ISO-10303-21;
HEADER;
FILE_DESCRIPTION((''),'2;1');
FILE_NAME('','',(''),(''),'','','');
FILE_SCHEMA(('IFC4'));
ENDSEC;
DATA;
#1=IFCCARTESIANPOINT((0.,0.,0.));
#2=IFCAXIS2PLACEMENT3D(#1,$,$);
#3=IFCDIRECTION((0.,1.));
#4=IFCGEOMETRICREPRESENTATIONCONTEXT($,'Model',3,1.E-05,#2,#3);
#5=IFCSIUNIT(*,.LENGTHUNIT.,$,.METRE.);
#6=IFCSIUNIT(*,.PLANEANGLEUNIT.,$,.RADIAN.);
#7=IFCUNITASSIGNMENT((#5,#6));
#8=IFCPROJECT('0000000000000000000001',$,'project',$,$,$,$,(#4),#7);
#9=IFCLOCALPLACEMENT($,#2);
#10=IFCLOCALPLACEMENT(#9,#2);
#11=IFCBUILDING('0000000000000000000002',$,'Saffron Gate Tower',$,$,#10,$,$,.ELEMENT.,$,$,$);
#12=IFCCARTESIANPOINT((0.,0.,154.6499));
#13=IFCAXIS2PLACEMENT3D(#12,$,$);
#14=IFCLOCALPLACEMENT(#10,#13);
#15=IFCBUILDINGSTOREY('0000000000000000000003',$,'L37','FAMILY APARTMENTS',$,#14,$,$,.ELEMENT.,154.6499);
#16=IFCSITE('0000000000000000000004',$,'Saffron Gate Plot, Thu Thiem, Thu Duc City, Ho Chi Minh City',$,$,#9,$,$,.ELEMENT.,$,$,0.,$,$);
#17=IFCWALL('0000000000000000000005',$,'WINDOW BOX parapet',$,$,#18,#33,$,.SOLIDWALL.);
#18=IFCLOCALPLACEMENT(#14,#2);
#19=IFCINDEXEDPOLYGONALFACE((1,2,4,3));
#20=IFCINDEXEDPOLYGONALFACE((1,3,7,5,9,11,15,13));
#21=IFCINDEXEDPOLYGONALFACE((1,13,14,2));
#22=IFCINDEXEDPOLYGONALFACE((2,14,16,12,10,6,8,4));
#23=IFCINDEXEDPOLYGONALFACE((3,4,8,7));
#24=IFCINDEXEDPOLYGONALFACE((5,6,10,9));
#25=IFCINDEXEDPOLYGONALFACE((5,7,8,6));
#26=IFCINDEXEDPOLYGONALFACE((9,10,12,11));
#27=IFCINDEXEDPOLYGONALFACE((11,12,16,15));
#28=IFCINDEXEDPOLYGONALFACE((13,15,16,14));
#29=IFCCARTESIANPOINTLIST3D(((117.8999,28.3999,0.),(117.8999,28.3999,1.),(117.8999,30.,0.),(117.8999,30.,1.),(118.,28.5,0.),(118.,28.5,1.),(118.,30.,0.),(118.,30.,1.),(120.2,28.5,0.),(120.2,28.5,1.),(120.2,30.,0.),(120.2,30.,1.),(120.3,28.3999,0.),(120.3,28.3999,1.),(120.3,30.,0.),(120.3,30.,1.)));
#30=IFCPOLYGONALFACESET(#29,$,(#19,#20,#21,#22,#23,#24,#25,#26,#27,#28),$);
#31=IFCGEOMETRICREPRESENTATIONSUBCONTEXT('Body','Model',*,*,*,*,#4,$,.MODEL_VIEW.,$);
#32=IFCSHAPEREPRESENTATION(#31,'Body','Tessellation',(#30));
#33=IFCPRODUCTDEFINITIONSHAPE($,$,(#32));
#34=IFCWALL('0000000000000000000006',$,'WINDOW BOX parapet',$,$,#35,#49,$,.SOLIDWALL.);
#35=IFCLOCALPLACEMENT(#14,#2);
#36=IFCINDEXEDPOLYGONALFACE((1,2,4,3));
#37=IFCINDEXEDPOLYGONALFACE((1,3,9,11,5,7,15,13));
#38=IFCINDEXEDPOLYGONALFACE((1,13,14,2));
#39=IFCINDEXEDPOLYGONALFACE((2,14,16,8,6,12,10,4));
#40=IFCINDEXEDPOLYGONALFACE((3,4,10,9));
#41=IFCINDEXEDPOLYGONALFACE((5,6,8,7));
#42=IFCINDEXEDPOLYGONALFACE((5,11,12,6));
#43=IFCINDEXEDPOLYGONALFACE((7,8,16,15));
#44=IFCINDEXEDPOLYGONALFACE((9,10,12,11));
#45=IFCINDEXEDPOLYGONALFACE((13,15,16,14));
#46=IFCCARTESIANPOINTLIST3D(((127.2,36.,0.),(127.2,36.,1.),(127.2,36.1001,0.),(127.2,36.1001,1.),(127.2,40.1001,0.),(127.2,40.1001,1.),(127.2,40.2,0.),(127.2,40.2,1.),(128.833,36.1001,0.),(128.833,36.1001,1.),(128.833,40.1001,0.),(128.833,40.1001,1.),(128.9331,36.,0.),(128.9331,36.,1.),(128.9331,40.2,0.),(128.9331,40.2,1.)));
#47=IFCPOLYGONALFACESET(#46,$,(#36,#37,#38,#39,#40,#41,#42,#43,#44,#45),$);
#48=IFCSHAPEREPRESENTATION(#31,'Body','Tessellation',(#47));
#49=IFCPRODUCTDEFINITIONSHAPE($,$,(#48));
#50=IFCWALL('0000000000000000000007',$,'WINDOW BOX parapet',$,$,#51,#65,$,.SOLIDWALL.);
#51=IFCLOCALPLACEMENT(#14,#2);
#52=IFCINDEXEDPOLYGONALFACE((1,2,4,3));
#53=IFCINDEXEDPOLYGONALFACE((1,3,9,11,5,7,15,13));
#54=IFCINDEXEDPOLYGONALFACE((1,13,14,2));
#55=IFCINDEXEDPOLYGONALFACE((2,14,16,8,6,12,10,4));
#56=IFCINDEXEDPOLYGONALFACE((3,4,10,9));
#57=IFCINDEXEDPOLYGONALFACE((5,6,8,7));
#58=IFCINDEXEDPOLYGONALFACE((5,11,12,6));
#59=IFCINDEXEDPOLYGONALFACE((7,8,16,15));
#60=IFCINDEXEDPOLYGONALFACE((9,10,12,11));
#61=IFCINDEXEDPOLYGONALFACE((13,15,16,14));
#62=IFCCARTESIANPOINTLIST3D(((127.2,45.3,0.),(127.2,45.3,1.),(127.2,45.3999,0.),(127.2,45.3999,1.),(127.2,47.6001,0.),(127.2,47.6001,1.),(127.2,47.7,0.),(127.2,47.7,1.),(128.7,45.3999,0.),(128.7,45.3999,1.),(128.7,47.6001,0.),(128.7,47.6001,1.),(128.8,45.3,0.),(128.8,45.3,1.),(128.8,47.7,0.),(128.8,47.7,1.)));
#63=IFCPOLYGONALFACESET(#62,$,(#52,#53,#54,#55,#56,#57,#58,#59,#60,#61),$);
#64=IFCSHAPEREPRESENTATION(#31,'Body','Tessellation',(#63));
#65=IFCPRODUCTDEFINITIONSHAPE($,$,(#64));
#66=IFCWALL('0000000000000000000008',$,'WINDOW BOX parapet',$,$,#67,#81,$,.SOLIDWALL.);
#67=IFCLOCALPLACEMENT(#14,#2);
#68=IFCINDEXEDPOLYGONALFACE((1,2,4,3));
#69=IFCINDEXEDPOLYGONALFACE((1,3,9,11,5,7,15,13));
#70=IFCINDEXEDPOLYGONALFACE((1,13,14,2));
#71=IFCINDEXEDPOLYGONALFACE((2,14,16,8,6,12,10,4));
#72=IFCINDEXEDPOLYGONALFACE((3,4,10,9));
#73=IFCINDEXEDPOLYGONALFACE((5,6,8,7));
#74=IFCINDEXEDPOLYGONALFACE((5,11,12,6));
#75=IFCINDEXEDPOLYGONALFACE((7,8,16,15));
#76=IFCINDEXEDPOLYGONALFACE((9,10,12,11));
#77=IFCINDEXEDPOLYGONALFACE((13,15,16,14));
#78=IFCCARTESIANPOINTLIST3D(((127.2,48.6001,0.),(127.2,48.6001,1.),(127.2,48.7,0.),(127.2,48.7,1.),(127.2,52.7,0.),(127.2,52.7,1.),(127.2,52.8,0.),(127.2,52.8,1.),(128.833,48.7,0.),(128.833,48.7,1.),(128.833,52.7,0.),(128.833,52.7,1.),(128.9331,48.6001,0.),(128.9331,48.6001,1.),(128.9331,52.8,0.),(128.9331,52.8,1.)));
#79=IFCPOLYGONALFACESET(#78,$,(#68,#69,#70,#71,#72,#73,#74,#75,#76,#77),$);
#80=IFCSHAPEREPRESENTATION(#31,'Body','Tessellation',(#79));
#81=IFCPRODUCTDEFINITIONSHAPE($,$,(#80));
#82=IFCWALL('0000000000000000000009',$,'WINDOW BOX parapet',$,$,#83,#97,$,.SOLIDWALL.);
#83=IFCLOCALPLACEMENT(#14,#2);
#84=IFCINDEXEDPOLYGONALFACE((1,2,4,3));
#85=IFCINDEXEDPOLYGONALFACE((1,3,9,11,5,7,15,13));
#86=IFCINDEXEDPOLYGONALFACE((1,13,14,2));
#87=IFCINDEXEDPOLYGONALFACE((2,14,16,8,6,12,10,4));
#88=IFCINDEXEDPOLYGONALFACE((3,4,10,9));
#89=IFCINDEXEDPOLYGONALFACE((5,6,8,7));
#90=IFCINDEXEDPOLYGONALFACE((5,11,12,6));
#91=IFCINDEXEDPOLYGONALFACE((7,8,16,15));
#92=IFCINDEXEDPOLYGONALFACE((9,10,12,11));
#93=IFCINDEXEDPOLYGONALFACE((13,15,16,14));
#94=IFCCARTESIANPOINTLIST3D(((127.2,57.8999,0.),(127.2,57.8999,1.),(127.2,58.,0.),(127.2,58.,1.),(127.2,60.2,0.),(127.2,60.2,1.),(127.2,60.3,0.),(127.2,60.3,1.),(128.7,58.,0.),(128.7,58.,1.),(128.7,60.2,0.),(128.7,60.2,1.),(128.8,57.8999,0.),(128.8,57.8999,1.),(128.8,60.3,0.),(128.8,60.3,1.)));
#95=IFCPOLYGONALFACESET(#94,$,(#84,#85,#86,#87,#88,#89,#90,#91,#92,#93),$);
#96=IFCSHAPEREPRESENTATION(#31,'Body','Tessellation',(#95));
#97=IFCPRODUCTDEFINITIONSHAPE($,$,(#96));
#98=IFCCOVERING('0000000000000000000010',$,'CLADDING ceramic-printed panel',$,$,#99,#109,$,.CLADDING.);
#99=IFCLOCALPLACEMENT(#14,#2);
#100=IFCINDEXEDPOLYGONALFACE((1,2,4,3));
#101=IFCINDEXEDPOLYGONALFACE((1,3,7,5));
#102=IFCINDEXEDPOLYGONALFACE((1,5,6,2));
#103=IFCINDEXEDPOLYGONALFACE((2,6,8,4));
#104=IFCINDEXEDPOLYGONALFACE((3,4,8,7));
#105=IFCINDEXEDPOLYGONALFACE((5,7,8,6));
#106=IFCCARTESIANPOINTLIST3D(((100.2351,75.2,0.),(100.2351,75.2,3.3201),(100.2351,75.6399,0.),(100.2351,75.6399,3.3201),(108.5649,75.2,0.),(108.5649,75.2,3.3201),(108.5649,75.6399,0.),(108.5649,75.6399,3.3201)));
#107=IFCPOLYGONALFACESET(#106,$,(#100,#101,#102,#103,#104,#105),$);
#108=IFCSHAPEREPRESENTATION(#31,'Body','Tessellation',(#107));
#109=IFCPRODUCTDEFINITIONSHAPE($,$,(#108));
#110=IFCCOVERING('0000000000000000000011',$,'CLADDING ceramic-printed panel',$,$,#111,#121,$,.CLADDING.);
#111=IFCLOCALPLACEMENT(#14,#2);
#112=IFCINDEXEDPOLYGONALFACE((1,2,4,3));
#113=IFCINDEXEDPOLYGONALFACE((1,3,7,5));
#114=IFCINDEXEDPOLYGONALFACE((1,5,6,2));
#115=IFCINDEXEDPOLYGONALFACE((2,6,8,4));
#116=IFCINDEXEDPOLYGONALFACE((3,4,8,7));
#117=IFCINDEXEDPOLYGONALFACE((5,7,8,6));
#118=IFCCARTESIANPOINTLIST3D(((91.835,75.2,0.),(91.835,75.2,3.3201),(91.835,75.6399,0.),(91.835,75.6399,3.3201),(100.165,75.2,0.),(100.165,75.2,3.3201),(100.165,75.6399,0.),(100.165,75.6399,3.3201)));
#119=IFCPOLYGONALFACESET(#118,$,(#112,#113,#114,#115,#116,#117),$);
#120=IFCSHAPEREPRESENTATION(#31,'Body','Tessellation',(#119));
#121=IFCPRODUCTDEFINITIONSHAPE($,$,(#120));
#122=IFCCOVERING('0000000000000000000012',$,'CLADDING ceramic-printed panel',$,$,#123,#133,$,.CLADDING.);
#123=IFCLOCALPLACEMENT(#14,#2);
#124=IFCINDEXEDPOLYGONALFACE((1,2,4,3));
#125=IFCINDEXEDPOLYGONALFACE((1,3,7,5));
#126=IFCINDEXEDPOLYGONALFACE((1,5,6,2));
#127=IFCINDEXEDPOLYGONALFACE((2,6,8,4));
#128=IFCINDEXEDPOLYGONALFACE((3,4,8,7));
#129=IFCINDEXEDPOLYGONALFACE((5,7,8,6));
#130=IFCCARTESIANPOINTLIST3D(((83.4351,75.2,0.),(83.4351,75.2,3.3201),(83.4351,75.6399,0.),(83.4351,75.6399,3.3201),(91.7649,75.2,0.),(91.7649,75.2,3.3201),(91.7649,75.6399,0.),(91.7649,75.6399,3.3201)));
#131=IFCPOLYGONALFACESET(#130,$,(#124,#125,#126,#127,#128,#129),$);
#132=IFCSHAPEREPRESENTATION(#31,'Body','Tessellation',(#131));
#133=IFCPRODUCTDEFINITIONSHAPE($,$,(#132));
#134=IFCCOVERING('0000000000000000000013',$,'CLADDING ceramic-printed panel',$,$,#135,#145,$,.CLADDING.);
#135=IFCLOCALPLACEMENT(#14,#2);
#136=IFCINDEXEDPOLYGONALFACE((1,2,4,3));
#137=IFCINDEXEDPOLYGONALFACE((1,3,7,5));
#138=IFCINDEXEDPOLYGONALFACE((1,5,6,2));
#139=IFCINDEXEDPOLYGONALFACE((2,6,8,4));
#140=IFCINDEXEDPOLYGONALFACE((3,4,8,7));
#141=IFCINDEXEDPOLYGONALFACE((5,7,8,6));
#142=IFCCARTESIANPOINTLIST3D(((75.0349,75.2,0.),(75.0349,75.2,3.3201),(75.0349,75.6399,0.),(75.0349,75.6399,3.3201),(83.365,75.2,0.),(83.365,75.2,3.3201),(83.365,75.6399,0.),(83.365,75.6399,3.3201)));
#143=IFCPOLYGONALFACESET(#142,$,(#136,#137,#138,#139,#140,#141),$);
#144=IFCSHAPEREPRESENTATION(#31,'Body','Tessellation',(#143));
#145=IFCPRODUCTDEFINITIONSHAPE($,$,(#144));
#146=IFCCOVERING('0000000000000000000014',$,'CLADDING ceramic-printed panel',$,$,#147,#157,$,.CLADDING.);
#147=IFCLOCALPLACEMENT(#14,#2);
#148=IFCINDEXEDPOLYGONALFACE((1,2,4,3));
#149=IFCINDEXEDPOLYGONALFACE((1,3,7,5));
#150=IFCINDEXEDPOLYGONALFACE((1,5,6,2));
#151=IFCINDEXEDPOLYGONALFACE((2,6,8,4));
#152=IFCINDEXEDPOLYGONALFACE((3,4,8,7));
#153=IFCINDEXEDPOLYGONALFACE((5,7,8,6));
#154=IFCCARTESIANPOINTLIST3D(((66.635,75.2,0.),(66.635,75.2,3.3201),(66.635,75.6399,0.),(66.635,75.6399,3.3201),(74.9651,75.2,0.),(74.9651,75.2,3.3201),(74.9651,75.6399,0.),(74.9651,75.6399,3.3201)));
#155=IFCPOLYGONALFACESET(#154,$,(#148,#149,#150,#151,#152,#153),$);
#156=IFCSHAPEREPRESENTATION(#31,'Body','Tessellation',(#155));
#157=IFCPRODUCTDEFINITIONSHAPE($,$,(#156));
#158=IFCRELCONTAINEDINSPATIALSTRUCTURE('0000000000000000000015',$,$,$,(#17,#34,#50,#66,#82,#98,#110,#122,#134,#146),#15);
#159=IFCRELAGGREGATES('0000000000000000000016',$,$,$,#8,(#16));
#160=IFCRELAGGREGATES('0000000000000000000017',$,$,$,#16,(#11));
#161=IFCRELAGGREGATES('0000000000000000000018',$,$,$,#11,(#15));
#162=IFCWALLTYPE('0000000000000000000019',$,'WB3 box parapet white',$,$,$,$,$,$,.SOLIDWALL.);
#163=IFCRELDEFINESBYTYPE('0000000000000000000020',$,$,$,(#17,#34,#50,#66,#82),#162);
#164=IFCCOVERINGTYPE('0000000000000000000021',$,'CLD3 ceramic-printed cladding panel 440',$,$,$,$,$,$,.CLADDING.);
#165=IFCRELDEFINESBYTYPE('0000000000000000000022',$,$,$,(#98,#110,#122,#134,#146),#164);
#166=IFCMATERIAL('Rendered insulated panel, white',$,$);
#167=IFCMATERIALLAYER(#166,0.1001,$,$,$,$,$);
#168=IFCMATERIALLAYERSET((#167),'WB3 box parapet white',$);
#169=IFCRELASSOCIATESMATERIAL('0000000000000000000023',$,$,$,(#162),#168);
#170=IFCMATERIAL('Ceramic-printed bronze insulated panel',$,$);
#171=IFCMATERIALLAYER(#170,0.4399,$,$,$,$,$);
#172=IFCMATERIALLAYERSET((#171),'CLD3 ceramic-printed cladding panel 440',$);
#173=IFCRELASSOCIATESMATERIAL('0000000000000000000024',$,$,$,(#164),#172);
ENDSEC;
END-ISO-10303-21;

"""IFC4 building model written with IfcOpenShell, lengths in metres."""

from ifc_helpers import new_model, si_unit, direction, frame, origin, place, context, subcontext, project, spatial, polyline, outline, extrude, material, layer, layer_set, type_object, element, save


model = new_model("IFC4")

# Units and contexts
model_context = context("Model", 3, precision=1e-05, world=origin(), true_north=direction((0.0, 1.0)))
body_context = subcontext(model_context, "Body", "Model", "MODEL_VIEW")
ifc_project = project(units=[si_unit("LENGTHUNIT", "METRE"), si_unit("PLANEANGLEUNIT", "RADIAN")], contexts=[model_context])

# Site, building, storey
site_placement = place(None, origin())
site = spatial("IfcSite", under=ifc_project, at=site_placement, Name="Saffron Gate Plot, Thu Thiem, Thu Duc City, Ho Chi Minh City", CompositionType="ELEMENT", RefElevation=0.0)
building_placement = place(site_placement, origin())
building = spatial("IfcBuilding", under=site, at=building_placement, Name="Saffron Gate Tower", CompositionType="ELEMENT")
storey_placement = place(building_placement, frame((0.0, 0.0, 154.6499)))
storey = spatial("IfcBuildingStorey", under=building, at=storey_placement, Name="L37", Description="FAMILY APARTMENTS", CompositionType="ELEMENT", Elevation=154.6499)

# Walls
ifc_material_1 = material(Name="Rendered insulated panel, white")
ifc_layer_1 = layer(ifc_material_1, 0.1001)
ifc_layer_set_1 = layer_set([ifc_layer_1], Name="WB3 box parapet white")
wall_type = type_object("IfcWallType", Name="WB3 box parapet white", PredefinedType="SOLIDWALL", material=ifc_layer_set_1)
wall_1_placement = place(storey_placement, origin())
element("IfcWall", 1, at=wall_1_placement, inside=storey, type_object=wall_type, Name="WINDOW BOX parapet", PredefinedType="SOLIDWALL", context=body_context, shape_type="SweptSolid", body=[
    extrude(outline(polyline([(117.8999, 30.0), (118.0, 30.0), (118.0, 28.5), (120.2, 28.5), (120.2, 30.0), (120.3, 30.0), (120.3, 28.3999), (117.8999, 28.3999), (117.8999, 30.0)])), origin(), (0.0, 0.0, 1.0), 1.0),
])
wall_2_placement = place(storey_placement, origin())
element("IfcWall", 2, at=wall_2_placement, inside=storey, type_object=wall_type, Name="WINDOW BOX parapet", PredefinedType="SOLIDWALL", context=body_context, shape_type="SweptSolid", body=[
    extrude(outline(polyline([(127.2, 36.0), (127.2, 36.1001), (128.833, 36.1001), (128.833, 40.1001), (127.2, 40.1001), (127.2, 40.2), (128.9331, 40.2), (128.9331, 36.0), (127.2, 36.0)])), origin(), (0.0, 0.0, 1.0), 1.0),
])
wall_3_placement = place(storey_placement, origin())
element("IfcWall", 3, at=wall_3_placement, inside=storey, type_object=wall_type, Name="WINDOW BOX parapet", PredefinedType="SOLIDWALL", context=body_context, shape_type="SweptSolid", body=[
    extrude(outline(polyline([(127.2, 45.3), (127.2, 45.3999), (128.7, 45.3999), (128.7, 47.6001), (127.2, 47.6001), (127.2, 47.7), (128.8, 47.7), (128.8, 45.3), (127.2, 45.3)])), origin(), (0.0, 0.0, 1.0), 1.0),
])
wall_4_placement = place(storey_placement, origin())
element("IfcWall", 4, at=wall_4_placement, inside=storey, type_object=wall_type, Name="WINDOW BOX parapet", PredefinedType="SOLIDWALL", context=body_context, shape_type="SweptSolid", body=[
    extrude(outline(polyline([(127.2, 48.6001), (127.2, 48.7), (128.833, 48.7), (128.833, 52.7), (127.2, 52.7), (127.2, 52.8), (128.9331, 52.8), (128.9331, 48.6001), (127.2, 48.6001)])), origin(), (0.0, 0.0, 1.0), 1.0),
])
wall_5_placement = place(storey_placement, origin())
element("IfcWall", 5, at=wall_5_placement, inside=storey, type_object=wall_type, Name="WINDOW BOX parapet", PredefinedType="SOLIDWALL", context=body_context, shape_type="SweptSolid", body=[
    extrude(outline(polyline([(127.2, 57.8999), (127.2, 58.0), (128.7, 58.0), (128.7, 60.2), (127.2, 60.2), (127.2, 60.3), (128.8, 60.3), (128.8, 57.8999), (127.2, 57.8999)])), origin(), (0.0, 0.0, 1.0), 1.0),
])

# Coverings
ifc_material_2 = material(Name="Ceramic-printed bronze insulated panel")
ifc_layer_2 = layer(ifc_material_2, 0.4399)
ifc_layer_set_2 = layer_set([ifc_layer_2], Name="CLD3 ceramic-printed cladding panel 440")
covering_type = type_object("IfcCoveringType", Name="CLD3 ceramic-printed cladding panel 440", PredefinedType="CLADDING", material=ifc_layer_set_2)
covering_1_placement = place(storey_placement, origin())
element("IfcCovering", 6, at=covering_1_placement, inside=storey, type_object=covering_type, Name="CLADDING ceramic-printed panel", PredefinedType="CLADDING", context=body_context, shape_type="SweptSolid", body=[
    extrude(outline(polyline([(108.5649, 75.6399), (100.2351, 75.6399), (100.2351, 75.2), (108.5649, 75.2), (108.5649, 75.6399)])), origin(), (0.0, 0.0, 1.0), 3.3201),
])
covering_2_placement = place(storey_placement, origin())
element("IfcCovering", 7, at=covering_2_placement, inside=storey, type_object=covering_type, Name="CLADDING ceramic-printed panel", PredefinedType="CLADDING", context=body_context, shape_type="SweptSolid", body=[
    extrude(outline(polyline([(100.165, 75.6399), (91.835, 75.6399), (91.835, 75.2), (100.165, 75.2), (100.165, 75.6399)])), origin(), (0.0, 0.0, 1.0), 3.3201),
])
covering_3_placement = place(storey_placement, origin())
element("IfcCovering", 8, at=covering_3_placement, inside=storey, type_object=covering_type, Name="CLADDING ceramic-printed panel", PredefinedType="CLADDING", context=body_context, shape_type="SweptSolid", body=[
    extrude(outline(polyline([(91.7649, 75.6399), (83.4351, 75.6399), (83.4351, 75.2), (91.7649, 75.2), (91.7649, 75.6399)])), origin(), (0.0, 0.0, 1.0), 3.3201),
])
covering_4_placement = place(storey_placement, origin())
element("IfcCovering", 9, at=covering_4_placement, inside=storey, type_object=covering_type, Name="CLADDING ceramic-printed panel", PredefinedType="CLADDING", context=body_context, shape_type="SweptSolid", body=[
    extrude(outline(polyline([(83.365, 75.6399), (75.0349, 75.6399), (75.0349, 75.2), (83.365, 75.2), (83.365, 75.6399)])), origin(), (0.0, 0.0, 1.0), 3.3201),
])
covering_5_placement = place(storey_placement, origin())
element("IfcCovering", 10, at=covering_5_placement, inside=storey, type_object=covering_type, Name="CLADDING ceramic-printed panel", PredefinedType="CLADDING", context=body_context, shape_type="SweptSolid", body=[
    extrude(outline(polyline([(74.9651, 75.6399), (66.635, 75.6399), (66.635, 75.2), (74.9651, 75.2), (74.9651, 75.6399)])), origin(), (0.0, 0.0, 1.0), 3.3201),
])

save(model, "model.ifc")
